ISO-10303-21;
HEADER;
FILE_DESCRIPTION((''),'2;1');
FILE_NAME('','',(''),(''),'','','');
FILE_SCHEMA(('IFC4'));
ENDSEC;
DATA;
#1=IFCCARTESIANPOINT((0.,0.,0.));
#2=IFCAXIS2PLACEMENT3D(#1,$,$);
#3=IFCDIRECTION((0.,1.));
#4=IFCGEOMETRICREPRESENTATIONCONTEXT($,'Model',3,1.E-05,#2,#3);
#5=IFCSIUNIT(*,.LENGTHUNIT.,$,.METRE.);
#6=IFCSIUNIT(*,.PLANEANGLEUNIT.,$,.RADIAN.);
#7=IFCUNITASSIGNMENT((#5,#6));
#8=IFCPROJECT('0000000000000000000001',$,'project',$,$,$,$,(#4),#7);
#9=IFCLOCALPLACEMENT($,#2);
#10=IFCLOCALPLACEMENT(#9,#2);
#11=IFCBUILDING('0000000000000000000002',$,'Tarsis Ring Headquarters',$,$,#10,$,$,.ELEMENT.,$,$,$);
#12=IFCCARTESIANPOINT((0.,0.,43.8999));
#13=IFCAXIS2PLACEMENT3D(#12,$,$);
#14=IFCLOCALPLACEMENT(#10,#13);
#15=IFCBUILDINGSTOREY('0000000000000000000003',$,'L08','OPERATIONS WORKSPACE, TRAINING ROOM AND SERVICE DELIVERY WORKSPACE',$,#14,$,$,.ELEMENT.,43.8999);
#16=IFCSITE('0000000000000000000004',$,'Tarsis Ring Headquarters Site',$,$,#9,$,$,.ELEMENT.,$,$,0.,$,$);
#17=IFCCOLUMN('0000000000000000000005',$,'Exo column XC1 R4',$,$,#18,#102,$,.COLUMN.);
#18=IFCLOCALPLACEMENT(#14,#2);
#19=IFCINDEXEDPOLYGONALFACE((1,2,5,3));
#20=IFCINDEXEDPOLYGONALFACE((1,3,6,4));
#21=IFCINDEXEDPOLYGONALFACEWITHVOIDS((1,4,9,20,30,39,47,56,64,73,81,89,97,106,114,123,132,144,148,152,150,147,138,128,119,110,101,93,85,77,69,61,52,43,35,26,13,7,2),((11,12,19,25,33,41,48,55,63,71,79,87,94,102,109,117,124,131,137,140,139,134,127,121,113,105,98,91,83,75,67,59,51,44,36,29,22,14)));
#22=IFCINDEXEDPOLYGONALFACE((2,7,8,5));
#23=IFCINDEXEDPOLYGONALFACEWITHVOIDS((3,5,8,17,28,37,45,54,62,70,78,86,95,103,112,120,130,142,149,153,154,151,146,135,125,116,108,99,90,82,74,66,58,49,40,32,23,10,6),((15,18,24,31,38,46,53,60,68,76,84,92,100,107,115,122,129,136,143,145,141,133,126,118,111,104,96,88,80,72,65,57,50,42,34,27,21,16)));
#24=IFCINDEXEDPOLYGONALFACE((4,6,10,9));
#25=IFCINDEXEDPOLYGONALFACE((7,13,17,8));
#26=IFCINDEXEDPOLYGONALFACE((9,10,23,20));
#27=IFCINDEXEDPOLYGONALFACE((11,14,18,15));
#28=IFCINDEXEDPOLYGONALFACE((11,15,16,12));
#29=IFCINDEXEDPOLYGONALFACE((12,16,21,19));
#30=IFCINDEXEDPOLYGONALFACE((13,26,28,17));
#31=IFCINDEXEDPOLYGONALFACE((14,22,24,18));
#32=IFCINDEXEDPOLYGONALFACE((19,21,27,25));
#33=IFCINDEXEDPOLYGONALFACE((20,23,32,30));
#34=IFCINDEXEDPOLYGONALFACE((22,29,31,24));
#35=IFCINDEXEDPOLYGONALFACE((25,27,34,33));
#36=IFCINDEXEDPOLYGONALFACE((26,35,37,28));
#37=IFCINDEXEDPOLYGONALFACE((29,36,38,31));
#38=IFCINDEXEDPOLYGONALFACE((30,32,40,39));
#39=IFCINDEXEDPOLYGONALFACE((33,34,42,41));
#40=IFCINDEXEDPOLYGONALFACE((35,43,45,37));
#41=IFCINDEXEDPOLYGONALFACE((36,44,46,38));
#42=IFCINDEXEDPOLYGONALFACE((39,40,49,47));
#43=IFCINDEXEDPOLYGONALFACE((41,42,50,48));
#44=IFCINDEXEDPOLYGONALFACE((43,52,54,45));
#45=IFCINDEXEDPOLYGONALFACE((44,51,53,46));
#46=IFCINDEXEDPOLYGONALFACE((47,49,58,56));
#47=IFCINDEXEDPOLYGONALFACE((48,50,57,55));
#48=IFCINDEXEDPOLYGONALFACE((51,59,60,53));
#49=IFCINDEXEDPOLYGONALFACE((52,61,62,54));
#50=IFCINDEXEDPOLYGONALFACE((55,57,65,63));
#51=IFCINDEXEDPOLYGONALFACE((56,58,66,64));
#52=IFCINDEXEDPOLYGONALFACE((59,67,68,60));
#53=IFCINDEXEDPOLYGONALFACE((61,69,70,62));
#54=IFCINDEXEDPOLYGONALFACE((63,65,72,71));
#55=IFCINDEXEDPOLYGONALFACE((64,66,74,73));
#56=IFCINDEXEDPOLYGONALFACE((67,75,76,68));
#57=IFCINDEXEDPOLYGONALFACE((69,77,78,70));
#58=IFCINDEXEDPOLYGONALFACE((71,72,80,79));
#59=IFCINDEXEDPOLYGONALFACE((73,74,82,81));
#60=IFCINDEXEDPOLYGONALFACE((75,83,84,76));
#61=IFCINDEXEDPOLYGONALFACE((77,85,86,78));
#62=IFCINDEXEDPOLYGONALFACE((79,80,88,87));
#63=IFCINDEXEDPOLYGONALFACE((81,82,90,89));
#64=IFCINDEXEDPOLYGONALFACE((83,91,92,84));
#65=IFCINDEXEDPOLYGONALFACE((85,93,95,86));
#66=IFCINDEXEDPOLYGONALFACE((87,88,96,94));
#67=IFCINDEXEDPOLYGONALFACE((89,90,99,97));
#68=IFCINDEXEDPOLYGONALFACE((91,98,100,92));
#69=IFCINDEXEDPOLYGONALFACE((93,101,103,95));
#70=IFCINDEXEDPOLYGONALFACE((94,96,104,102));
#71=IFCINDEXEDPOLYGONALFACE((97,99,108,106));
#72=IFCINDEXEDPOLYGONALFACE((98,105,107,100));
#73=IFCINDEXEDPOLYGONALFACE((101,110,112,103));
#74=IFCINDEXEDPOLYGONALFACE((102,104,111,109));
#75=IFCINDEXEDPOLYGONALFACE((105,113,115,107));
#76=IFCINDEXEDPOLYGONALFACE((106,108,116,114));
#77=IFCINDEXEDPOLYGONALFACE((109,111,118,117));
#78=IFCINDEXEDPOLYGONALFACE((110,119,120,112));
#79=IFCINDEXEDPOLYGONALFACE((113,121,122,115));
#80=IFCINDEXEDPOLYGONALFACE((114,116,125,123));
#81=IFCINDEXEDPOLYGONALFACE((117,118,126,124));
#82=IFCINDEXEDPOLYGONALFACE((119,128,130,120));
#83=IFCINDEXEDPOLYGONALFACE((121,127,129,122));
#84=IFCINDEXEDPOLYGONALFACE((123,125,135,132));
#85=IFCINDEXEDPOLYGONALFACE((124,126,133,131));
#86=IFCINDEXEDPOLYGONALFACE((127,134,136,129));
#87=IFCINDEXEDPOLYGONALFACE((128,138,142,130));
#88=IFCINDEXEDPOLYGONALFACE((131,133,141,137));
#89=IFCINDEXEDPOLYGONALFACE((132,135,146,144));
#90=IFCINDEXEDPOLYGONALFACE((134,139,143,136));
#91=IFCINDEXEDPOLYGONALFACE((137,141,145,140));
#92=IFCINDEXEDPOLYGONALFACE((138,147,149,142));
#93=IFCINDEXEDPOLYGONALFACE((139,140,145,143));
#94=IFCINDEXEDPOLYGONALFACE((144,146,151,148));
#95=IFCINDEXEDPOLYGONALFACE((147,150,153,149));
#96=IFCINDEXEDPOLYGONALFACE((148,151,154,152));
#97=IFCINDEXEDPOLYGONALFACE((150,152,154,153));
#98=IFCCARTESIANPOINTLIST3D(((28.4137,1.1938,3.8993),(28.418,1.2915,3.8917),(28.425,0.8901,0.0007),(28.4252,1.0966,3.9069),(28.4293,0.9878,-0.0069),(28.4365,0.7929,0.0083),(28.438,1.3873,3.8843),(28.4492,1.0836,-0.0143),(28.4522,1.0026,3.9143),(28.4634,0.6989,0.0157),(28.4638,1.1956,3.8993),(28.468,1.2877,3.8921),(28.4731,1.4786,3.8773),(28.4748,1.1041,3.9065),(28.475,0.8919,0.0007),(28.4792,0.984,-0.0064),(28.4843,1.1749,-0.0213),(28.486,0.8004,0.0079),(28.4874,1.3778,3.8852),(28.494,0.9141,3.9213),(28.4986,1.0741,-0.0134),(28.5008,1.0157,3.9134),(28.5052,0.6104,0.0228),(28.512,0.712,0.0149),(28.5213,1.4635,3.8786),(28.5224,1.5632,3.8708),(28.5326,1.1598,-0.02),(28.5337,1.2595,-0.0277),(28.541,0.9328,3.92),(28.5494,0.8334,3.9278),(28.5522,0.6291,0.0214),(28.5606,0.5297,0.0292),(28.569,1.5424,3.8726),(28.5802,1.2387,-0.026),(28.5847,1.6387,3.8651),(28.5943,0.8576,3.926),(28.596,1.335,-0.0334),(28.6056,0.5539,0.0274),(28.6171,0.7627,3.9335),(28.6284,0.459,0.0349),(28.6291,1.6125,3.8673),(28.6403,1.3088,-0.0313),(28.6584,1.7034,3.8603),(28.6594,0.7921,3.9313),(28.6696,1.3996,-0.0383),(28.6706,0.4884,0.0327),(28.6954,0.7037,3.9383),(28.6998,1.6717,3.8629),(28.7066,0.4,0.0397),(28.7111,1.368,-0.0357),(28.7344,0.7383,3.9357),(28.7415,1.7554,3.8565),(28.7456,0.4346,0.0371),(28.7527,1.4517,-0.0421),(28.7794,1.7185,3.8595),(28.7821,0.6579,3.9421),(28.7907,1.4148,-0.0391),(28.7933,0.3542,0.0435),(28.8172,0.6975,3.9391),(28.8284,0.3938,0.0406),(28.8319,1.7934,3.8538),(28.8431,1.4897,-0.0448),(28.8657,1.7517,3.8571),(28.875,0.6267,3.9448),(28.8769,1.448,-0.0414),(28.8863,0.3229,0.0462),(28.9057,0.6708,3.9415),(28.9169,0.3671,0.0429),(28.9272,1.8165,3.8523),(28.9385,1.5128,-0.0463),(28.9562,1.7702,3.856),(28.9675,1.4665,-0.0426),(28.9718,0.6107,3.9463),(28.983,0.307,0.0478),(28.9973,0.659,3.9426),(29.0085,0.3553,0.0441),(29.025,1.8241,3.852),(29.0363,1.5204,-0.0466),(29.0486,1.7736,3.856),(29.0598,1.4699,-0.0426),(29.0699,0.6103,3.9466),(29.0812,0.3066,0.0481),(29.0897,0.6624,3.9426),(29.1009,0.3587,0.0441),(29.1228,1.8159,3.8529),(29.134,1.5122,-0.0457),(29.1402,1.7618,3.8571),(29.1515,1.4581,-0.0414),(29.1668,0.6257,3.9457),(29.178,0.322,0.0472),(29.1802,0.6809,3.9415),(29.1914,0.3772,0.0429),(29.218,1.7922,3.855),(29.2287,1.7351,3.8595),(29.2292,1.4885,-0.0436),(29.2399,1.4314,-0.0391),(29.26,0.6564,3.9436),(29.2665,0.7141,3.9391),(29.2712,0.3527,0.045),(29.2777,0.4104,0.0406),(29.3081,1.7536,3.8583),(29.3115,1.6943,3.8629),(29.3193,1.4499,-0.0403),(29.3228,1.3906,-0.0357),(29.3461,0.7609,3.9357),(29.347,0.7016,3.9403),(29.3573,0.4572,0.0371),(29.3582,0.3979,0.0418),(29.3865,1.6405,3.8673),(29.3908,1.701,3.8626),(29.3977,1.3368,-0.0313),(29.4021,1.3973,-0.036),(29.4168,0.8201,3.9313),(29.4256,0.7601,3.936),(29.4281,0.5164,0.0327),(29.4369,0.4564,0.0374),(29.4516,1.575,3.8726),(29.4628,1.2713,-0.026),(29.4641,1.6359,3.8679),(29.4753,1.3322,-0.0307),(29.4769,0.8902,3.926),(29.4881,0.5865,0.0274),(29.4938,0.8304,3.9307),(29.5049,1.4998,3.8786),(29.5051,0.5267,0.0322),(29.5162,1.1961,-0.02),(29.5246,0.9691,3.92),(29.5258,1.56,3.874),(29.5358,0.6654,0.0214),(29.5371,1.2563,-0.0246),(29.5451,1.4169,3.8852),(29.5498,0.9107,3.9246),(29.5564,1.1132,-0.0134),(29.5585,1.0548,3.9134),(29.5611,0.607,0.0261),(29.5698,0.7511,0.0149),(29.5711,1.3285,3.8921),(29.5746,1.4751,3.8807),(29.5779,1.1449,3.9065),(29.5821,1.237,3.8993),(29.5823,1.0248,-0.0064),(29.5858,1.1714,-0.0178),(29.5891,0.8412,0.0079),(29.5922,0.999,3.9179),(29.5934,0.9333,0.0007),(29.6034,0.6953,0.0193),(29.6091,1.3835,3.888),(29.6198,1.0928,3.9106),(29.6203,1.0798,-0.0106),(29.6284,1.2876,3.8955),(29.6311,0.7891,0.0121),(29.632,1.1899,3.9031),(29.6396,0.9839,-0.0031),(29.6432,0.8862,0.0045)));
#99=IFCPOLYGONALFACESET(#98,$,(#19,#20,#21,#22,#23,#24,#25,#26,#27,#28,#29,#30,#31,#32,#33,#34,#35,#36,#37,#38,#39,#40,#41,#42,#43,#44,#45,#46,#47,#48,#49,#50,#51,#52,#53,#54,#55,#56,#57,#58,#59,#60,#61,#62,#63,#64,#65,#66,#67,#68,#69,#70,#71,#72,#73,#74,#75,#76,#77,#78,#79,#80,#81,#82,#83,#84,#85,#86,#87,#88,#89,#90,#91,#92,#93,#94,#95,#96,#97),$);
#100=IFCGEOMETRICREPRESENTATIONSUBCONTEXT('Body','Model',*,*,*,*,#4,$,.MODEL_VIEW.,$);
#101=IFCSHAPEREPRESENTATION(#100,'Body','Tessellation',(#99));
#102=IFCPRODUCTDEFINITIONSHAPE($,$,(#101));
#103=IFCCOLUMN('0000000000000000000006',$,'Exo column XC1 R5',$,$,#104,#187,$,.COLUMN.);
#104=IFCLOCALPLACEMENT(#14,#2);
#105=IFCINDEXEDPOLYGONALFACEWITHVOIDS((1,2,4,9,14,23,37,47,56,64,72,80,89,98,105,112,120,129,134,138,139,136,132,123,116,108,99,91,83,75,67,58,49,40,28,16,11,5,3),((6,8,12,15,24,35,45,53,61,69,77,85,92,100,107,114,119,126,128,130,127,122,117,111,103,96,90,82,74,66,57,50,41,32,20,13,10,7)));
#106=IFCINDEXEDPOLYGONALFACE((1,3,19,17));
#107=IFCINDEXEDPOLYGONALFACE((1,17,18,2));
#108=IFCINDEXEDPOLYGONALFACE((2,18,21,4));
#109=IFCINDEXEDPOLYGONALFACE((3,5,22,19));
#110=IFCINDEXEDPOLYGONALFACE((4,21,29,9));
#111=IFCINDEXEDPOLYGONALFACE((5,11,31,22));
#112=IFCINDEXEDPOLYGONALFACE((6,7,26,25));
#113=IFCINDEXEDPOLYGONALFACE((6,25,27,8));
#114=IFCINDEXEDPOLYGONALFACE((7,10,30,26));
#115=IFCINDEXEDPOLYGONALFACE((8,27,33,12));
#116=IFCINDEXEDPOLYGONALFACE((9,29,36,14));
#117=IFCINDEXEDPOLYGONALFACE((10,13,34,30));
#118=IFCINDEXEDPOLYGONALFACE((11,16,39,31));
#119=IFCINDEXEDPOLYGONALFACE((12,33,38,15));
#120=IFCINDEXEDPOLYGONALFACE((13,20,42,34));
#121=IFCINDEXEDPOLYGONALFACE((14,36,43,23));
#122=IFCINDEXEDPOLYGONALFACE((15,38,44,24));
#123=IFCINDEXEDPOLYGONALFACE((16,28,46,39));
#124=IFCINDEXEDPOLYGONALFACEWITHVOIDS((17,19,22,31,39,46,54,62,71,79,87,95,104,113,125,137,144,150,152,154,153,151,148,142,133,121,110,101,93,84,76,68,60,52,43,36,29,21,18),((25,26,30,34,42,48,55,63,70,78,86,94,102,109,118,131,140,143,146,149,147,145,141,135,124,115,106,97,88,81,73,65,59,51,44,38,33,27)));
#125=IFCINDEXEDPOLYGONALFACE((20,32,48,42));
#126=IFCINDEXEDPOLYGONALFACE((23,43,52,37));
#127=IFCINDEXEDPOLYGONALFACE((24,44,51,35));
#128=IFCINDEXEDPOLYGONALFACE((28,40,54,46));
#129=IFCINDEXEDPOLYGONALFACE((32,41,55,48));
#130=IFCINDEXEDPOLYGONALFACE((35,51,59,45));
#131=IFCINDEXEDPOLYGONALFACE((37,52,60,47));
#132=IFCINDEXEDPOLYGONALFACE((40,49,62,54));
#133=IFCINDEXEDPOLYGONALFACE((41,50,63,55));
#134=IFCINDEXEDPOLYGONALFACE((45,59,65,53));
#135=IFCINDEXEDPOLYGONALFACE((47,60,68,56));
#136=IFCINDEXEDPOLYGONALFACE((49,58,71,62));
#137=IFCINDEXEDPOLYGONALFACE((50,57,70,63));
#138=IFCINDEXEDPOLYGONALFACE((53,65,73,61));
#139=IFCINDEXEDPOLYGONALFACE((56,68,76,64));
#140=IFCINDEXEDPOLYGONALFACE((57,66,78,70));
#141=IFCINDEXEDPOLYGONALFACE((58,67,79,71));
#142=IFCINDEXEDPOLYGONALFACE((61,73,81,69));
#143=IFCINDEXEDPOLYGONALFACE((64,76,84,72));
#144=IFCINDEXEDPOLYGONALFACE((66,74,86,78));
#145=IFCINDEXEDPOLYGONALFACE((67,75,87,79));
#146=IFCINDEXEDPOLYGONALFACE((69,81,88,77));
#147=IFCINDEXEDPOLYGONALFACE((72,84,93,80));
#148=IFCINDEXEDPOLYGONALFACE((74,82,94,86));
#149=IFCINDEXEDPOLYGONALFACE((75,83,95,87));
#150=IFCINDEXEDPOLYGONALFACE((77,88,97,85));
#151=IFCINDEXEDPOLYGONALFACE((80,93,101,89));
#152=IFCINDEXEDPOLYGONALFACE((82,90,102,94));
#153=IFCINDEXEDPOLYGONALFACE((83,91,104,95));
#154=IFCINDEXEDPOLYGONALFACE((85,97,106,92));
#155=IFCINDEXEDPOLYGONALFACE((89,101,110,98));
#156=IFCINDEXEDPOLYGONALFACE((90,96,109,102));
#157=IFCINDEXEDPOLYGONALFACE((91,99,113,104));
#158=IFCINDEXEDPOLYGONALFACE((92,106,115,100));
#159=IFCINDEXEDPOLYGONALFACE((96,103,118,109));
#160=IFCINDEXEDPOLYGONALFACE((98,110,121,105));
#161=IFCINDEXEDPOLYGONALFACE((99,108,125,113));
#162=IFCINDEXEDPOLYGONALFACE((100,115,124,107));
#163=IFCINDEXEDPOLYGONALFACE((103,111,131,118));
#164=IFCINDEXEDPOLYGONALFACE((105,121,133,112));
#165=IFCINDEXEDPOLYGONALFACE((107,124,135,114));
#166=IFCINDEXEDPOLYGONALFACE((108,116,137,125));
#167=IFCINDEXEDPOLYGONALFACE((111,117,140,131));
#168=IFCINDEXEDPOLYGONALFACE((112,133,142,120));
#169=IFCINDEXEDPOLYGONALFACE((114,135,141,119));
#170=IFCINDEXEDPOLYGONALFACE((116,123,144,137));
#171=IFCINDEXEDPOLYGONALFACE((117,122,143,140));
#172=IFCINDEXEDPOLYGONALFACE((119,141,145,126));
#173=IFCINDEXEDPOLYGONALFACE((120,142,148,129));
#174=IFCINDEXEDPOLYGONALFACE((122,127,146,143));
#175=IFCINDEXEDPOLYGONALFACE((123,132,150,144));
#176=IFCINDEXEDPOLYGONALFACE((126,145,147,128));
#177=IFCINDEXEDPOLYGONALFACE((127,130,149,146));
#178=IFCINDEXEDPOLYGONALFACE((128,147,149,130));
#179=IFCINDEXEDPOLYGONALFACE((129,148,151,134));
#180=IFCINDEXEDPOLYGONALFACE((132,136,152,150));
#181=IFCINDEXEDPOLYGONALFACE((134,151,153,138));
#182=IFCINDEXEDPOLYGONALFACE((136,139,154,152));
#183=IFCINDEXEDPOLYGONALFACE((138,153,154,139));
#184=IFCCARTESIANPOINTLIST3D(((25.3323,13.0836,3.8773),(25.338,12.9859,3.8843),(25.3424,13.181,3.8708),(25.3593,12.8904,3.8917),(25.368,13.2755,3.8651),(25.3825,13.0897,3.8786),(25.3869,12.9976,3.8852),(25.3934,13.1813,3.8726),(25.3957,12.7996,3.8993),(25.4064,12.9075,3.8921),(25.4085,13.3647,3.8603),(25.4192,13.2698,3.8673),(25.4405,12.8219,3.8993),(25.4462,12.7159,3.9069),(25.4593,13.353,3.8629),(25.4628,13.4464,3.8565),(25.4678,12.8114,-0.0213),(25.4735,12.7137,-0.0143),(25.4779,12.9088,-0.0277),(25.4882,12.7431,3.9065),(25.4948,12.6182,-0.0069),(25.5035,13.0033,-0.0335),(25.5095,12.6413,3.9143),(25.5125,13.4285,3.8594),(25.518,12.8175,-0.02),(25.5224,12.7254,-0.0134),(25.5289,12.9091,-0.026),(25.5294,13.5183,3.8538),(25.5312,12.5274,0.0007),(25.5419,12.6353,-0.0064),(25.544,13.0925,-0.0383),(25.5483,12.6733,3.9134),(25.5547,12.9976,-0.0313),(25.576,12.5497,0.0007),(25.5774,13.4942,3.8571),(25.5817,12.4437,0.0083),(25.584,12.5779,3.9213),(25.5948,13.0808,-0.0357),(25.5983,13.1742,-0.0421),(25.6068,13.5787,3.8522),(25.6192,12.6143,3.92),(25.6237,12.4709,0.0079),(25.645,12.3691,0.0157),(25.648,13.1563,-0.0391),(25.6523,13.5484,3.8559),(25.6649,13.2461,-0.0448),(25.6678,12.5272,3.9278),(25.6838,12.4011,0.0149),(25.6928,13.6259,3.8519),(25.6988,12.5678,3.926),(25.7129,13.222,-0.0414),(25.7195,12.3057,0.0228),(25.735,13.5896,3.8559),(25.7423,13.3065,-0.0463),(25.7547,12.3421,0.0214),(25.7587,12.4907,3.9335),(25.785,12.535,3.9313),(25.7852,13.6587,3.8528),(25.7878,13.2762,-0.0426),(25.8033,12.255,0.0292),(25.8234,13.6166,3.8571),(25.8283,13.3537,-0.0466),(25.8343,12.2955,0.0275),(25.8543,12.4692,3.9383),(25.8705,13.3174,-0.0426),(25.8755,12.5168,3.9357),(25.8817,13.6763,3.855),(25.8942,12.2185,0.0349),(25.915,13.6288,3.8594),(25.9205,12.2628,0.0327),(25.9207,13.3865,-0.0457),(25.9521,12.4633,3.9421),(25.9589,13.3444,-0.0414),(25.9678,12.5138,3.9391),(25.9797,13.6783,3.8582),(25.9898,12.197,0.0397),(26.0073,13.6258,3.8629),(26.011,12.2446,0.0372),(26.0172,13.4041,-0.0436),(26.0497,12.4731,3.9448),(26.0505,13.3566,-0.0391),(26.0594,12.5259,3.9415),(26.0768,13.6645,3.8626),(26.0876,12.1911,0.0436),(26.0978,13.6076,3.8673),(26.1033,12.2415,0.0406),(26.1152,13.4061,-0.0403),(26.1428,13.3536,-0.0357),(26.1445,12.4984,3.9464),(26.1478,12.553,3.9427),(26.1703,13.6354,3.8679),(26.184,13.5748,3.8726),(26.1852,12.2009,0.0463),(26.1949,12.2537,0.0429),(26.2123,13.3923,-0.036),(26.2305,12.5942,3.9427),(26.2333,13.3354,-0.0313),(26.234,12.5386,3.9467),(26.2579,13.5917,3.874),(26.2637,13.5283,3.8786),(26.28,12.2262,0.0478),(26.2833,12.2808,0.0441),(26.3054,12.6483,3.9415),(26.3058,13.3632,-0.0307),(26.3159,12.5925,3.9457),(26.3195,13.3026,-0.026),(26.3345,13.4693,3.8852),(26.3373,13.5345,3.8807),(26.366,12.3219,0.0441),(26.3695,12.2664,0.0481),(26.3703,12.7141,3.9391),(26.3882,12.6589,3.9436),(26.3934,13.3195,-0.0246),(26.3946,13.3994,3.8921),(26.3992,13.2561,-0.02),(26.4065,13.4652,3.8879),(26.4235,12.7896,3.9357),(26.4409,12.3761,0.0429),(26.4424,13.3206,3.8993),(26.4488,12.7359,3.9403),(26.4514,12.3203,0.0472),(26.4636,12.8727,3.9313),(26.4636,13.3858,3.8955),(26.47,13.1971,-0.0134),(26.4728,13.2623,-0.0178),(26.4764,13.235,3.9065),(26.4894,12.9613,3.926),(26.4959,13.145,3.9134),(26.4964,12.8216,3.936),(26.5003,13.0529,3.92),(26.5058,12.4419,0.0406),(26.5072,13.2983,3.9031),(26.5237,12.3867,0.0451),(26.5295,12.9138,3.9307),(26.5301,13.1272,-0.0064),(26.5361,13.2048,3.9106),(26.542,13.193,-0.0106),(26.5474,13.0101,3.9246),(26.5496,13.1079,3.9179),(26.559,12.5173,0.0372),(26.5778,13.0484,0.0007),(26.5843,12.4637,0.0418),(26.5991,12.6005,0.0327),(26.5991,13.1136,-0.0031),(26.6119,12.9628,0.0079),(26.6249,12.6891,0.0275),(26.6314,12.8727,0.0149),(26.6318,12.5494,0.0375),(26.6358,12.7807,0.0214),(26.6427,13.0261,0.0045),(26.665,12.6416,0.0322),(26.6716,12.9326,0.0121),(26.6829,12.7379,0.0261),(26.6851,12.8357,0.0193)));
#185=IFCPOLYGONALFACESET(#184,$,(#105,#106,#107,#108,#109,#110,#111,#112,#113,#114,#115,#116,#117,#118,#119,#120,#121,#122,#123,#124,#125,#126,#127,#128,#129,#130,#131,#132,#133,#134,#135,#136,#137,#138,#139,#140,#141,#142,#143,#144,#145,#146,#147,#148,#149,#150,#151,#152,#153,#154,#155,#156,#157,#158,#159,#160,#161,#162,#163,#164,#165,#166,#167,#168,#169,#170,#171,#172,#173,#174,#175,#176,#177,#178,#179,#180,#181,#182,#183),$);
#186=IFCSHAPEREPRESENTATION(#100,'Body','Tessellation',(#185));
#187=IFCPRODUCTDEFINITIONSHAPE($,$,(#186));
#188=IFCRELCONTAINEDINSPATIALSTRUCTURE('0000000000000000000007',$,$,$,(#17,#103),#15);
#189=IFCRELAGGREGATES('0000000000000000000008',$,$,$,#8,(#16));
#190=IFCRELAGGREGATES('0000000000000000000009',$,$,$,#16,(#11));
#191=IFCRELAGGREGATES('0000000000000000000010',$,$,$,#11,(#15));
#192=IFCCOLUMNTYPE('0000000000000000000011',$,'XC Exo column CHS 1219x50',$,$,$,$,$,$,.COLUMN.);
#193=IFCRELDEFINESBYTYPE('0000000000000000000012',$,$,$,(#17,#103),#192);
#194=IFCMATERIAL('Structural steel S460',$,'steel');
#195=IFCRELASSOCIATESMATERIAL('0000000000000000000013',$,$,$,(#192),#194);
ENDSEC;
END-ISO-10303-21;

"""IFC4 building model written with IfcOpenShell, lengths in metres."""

from ifc_helpers import new_model, si_unit, direction, frame, origin, origin_2d, place, context, subcontext, project, spatial, hollow_circle, extrude, material, material_profile, profile_set, type_object, element, save


model = new_model("IFC4")

# Units and contexts
model_context = context("Model", 3, precision=1e-05, world=origin(), true_north=direction((0.0, 1.0)))
body_context = subcontext(model_context, "Body", "Model", "MODEL_VIEW")
ifc_project = project(units=[si_unit("LENGTHUNIT", "METRE"), si_unit("PLANEANGLEUNIT", "RADIAN")], contexts=[model_context])

# Site, building, storey
site_placement = place(None, origin())
site = spatial("IfcSite", under=ifc_project, at=site_placement, Name="Tarsis Ring Headquarters Site", CompositionType="ELEMENT", RefElevation=0.0)
building_placement = place(site_placement, origin())
building = spatial("IfcBuilding", under=site, at=building_placement, Name="Tarsis Ring Headquarters", CompositionType="ELEMENT")
storey_placement = place(building_placement, frame((0.0, 0.0, 43.8999)))
storey = spatial("IfcBuildingStorey", under=building, at=storey_placement, Name="L08", Description="OPERATIONS WORKSPACE, TRAINING ROOM AND SERVICE DELIVERY WORKSPACE", CompositionType="ELEMENT", Elevation=43.8999)

# Columns
ifc_material_1 = material(Name="Structural steel S460", Category="steel")
ifc_material_profile_1 = material_profile(ifc_material_1, hollow_circle(Radius=0.6096, WallThickness=0.05, at=origin_2d()), Name="CHS 1219x50")
ifc_profile_set_1 = profile_set([ifc_material_profile_1], Name="Structural steel S460")
column_type = type_object("IfcColumnType", Name="XC Exo column CHS 1219x50", PredefinedType="COLUMN", material=ifc_profile_set_1)
for number, where, z_axis, x_axis, name in (
    (1, (29.0342, 0.9126, 0.0007), (-0.002872, 0.077665, 0.996975), (-0.999317, -0.036952, 0.0), "Exo column XC1 R4"),
    (2, (26.0769, 12.7991, 0.0007), (-0.03465, 0.069611, 0.996972), (-0.895229, -0.445607, 0.0), "Exo column XC1 R5"),
):
    element("IfcColumn", number, at=place(storey_placement, frame(where, z_axis=z_axis, x_axis=x_axis)), inside=storey, type_object=column_type, Name=name, PredefinedType="COLUMN", context=body_context, shape_type="SweptSolid", body=[
        extrude(hollow_circle(Radius=0.6096, WallThickness=0.05, at=origin_2d()), origin(), (0.0, 0.0, 1.0), 3.9104),
    ])

save(model, "model.ifc")
